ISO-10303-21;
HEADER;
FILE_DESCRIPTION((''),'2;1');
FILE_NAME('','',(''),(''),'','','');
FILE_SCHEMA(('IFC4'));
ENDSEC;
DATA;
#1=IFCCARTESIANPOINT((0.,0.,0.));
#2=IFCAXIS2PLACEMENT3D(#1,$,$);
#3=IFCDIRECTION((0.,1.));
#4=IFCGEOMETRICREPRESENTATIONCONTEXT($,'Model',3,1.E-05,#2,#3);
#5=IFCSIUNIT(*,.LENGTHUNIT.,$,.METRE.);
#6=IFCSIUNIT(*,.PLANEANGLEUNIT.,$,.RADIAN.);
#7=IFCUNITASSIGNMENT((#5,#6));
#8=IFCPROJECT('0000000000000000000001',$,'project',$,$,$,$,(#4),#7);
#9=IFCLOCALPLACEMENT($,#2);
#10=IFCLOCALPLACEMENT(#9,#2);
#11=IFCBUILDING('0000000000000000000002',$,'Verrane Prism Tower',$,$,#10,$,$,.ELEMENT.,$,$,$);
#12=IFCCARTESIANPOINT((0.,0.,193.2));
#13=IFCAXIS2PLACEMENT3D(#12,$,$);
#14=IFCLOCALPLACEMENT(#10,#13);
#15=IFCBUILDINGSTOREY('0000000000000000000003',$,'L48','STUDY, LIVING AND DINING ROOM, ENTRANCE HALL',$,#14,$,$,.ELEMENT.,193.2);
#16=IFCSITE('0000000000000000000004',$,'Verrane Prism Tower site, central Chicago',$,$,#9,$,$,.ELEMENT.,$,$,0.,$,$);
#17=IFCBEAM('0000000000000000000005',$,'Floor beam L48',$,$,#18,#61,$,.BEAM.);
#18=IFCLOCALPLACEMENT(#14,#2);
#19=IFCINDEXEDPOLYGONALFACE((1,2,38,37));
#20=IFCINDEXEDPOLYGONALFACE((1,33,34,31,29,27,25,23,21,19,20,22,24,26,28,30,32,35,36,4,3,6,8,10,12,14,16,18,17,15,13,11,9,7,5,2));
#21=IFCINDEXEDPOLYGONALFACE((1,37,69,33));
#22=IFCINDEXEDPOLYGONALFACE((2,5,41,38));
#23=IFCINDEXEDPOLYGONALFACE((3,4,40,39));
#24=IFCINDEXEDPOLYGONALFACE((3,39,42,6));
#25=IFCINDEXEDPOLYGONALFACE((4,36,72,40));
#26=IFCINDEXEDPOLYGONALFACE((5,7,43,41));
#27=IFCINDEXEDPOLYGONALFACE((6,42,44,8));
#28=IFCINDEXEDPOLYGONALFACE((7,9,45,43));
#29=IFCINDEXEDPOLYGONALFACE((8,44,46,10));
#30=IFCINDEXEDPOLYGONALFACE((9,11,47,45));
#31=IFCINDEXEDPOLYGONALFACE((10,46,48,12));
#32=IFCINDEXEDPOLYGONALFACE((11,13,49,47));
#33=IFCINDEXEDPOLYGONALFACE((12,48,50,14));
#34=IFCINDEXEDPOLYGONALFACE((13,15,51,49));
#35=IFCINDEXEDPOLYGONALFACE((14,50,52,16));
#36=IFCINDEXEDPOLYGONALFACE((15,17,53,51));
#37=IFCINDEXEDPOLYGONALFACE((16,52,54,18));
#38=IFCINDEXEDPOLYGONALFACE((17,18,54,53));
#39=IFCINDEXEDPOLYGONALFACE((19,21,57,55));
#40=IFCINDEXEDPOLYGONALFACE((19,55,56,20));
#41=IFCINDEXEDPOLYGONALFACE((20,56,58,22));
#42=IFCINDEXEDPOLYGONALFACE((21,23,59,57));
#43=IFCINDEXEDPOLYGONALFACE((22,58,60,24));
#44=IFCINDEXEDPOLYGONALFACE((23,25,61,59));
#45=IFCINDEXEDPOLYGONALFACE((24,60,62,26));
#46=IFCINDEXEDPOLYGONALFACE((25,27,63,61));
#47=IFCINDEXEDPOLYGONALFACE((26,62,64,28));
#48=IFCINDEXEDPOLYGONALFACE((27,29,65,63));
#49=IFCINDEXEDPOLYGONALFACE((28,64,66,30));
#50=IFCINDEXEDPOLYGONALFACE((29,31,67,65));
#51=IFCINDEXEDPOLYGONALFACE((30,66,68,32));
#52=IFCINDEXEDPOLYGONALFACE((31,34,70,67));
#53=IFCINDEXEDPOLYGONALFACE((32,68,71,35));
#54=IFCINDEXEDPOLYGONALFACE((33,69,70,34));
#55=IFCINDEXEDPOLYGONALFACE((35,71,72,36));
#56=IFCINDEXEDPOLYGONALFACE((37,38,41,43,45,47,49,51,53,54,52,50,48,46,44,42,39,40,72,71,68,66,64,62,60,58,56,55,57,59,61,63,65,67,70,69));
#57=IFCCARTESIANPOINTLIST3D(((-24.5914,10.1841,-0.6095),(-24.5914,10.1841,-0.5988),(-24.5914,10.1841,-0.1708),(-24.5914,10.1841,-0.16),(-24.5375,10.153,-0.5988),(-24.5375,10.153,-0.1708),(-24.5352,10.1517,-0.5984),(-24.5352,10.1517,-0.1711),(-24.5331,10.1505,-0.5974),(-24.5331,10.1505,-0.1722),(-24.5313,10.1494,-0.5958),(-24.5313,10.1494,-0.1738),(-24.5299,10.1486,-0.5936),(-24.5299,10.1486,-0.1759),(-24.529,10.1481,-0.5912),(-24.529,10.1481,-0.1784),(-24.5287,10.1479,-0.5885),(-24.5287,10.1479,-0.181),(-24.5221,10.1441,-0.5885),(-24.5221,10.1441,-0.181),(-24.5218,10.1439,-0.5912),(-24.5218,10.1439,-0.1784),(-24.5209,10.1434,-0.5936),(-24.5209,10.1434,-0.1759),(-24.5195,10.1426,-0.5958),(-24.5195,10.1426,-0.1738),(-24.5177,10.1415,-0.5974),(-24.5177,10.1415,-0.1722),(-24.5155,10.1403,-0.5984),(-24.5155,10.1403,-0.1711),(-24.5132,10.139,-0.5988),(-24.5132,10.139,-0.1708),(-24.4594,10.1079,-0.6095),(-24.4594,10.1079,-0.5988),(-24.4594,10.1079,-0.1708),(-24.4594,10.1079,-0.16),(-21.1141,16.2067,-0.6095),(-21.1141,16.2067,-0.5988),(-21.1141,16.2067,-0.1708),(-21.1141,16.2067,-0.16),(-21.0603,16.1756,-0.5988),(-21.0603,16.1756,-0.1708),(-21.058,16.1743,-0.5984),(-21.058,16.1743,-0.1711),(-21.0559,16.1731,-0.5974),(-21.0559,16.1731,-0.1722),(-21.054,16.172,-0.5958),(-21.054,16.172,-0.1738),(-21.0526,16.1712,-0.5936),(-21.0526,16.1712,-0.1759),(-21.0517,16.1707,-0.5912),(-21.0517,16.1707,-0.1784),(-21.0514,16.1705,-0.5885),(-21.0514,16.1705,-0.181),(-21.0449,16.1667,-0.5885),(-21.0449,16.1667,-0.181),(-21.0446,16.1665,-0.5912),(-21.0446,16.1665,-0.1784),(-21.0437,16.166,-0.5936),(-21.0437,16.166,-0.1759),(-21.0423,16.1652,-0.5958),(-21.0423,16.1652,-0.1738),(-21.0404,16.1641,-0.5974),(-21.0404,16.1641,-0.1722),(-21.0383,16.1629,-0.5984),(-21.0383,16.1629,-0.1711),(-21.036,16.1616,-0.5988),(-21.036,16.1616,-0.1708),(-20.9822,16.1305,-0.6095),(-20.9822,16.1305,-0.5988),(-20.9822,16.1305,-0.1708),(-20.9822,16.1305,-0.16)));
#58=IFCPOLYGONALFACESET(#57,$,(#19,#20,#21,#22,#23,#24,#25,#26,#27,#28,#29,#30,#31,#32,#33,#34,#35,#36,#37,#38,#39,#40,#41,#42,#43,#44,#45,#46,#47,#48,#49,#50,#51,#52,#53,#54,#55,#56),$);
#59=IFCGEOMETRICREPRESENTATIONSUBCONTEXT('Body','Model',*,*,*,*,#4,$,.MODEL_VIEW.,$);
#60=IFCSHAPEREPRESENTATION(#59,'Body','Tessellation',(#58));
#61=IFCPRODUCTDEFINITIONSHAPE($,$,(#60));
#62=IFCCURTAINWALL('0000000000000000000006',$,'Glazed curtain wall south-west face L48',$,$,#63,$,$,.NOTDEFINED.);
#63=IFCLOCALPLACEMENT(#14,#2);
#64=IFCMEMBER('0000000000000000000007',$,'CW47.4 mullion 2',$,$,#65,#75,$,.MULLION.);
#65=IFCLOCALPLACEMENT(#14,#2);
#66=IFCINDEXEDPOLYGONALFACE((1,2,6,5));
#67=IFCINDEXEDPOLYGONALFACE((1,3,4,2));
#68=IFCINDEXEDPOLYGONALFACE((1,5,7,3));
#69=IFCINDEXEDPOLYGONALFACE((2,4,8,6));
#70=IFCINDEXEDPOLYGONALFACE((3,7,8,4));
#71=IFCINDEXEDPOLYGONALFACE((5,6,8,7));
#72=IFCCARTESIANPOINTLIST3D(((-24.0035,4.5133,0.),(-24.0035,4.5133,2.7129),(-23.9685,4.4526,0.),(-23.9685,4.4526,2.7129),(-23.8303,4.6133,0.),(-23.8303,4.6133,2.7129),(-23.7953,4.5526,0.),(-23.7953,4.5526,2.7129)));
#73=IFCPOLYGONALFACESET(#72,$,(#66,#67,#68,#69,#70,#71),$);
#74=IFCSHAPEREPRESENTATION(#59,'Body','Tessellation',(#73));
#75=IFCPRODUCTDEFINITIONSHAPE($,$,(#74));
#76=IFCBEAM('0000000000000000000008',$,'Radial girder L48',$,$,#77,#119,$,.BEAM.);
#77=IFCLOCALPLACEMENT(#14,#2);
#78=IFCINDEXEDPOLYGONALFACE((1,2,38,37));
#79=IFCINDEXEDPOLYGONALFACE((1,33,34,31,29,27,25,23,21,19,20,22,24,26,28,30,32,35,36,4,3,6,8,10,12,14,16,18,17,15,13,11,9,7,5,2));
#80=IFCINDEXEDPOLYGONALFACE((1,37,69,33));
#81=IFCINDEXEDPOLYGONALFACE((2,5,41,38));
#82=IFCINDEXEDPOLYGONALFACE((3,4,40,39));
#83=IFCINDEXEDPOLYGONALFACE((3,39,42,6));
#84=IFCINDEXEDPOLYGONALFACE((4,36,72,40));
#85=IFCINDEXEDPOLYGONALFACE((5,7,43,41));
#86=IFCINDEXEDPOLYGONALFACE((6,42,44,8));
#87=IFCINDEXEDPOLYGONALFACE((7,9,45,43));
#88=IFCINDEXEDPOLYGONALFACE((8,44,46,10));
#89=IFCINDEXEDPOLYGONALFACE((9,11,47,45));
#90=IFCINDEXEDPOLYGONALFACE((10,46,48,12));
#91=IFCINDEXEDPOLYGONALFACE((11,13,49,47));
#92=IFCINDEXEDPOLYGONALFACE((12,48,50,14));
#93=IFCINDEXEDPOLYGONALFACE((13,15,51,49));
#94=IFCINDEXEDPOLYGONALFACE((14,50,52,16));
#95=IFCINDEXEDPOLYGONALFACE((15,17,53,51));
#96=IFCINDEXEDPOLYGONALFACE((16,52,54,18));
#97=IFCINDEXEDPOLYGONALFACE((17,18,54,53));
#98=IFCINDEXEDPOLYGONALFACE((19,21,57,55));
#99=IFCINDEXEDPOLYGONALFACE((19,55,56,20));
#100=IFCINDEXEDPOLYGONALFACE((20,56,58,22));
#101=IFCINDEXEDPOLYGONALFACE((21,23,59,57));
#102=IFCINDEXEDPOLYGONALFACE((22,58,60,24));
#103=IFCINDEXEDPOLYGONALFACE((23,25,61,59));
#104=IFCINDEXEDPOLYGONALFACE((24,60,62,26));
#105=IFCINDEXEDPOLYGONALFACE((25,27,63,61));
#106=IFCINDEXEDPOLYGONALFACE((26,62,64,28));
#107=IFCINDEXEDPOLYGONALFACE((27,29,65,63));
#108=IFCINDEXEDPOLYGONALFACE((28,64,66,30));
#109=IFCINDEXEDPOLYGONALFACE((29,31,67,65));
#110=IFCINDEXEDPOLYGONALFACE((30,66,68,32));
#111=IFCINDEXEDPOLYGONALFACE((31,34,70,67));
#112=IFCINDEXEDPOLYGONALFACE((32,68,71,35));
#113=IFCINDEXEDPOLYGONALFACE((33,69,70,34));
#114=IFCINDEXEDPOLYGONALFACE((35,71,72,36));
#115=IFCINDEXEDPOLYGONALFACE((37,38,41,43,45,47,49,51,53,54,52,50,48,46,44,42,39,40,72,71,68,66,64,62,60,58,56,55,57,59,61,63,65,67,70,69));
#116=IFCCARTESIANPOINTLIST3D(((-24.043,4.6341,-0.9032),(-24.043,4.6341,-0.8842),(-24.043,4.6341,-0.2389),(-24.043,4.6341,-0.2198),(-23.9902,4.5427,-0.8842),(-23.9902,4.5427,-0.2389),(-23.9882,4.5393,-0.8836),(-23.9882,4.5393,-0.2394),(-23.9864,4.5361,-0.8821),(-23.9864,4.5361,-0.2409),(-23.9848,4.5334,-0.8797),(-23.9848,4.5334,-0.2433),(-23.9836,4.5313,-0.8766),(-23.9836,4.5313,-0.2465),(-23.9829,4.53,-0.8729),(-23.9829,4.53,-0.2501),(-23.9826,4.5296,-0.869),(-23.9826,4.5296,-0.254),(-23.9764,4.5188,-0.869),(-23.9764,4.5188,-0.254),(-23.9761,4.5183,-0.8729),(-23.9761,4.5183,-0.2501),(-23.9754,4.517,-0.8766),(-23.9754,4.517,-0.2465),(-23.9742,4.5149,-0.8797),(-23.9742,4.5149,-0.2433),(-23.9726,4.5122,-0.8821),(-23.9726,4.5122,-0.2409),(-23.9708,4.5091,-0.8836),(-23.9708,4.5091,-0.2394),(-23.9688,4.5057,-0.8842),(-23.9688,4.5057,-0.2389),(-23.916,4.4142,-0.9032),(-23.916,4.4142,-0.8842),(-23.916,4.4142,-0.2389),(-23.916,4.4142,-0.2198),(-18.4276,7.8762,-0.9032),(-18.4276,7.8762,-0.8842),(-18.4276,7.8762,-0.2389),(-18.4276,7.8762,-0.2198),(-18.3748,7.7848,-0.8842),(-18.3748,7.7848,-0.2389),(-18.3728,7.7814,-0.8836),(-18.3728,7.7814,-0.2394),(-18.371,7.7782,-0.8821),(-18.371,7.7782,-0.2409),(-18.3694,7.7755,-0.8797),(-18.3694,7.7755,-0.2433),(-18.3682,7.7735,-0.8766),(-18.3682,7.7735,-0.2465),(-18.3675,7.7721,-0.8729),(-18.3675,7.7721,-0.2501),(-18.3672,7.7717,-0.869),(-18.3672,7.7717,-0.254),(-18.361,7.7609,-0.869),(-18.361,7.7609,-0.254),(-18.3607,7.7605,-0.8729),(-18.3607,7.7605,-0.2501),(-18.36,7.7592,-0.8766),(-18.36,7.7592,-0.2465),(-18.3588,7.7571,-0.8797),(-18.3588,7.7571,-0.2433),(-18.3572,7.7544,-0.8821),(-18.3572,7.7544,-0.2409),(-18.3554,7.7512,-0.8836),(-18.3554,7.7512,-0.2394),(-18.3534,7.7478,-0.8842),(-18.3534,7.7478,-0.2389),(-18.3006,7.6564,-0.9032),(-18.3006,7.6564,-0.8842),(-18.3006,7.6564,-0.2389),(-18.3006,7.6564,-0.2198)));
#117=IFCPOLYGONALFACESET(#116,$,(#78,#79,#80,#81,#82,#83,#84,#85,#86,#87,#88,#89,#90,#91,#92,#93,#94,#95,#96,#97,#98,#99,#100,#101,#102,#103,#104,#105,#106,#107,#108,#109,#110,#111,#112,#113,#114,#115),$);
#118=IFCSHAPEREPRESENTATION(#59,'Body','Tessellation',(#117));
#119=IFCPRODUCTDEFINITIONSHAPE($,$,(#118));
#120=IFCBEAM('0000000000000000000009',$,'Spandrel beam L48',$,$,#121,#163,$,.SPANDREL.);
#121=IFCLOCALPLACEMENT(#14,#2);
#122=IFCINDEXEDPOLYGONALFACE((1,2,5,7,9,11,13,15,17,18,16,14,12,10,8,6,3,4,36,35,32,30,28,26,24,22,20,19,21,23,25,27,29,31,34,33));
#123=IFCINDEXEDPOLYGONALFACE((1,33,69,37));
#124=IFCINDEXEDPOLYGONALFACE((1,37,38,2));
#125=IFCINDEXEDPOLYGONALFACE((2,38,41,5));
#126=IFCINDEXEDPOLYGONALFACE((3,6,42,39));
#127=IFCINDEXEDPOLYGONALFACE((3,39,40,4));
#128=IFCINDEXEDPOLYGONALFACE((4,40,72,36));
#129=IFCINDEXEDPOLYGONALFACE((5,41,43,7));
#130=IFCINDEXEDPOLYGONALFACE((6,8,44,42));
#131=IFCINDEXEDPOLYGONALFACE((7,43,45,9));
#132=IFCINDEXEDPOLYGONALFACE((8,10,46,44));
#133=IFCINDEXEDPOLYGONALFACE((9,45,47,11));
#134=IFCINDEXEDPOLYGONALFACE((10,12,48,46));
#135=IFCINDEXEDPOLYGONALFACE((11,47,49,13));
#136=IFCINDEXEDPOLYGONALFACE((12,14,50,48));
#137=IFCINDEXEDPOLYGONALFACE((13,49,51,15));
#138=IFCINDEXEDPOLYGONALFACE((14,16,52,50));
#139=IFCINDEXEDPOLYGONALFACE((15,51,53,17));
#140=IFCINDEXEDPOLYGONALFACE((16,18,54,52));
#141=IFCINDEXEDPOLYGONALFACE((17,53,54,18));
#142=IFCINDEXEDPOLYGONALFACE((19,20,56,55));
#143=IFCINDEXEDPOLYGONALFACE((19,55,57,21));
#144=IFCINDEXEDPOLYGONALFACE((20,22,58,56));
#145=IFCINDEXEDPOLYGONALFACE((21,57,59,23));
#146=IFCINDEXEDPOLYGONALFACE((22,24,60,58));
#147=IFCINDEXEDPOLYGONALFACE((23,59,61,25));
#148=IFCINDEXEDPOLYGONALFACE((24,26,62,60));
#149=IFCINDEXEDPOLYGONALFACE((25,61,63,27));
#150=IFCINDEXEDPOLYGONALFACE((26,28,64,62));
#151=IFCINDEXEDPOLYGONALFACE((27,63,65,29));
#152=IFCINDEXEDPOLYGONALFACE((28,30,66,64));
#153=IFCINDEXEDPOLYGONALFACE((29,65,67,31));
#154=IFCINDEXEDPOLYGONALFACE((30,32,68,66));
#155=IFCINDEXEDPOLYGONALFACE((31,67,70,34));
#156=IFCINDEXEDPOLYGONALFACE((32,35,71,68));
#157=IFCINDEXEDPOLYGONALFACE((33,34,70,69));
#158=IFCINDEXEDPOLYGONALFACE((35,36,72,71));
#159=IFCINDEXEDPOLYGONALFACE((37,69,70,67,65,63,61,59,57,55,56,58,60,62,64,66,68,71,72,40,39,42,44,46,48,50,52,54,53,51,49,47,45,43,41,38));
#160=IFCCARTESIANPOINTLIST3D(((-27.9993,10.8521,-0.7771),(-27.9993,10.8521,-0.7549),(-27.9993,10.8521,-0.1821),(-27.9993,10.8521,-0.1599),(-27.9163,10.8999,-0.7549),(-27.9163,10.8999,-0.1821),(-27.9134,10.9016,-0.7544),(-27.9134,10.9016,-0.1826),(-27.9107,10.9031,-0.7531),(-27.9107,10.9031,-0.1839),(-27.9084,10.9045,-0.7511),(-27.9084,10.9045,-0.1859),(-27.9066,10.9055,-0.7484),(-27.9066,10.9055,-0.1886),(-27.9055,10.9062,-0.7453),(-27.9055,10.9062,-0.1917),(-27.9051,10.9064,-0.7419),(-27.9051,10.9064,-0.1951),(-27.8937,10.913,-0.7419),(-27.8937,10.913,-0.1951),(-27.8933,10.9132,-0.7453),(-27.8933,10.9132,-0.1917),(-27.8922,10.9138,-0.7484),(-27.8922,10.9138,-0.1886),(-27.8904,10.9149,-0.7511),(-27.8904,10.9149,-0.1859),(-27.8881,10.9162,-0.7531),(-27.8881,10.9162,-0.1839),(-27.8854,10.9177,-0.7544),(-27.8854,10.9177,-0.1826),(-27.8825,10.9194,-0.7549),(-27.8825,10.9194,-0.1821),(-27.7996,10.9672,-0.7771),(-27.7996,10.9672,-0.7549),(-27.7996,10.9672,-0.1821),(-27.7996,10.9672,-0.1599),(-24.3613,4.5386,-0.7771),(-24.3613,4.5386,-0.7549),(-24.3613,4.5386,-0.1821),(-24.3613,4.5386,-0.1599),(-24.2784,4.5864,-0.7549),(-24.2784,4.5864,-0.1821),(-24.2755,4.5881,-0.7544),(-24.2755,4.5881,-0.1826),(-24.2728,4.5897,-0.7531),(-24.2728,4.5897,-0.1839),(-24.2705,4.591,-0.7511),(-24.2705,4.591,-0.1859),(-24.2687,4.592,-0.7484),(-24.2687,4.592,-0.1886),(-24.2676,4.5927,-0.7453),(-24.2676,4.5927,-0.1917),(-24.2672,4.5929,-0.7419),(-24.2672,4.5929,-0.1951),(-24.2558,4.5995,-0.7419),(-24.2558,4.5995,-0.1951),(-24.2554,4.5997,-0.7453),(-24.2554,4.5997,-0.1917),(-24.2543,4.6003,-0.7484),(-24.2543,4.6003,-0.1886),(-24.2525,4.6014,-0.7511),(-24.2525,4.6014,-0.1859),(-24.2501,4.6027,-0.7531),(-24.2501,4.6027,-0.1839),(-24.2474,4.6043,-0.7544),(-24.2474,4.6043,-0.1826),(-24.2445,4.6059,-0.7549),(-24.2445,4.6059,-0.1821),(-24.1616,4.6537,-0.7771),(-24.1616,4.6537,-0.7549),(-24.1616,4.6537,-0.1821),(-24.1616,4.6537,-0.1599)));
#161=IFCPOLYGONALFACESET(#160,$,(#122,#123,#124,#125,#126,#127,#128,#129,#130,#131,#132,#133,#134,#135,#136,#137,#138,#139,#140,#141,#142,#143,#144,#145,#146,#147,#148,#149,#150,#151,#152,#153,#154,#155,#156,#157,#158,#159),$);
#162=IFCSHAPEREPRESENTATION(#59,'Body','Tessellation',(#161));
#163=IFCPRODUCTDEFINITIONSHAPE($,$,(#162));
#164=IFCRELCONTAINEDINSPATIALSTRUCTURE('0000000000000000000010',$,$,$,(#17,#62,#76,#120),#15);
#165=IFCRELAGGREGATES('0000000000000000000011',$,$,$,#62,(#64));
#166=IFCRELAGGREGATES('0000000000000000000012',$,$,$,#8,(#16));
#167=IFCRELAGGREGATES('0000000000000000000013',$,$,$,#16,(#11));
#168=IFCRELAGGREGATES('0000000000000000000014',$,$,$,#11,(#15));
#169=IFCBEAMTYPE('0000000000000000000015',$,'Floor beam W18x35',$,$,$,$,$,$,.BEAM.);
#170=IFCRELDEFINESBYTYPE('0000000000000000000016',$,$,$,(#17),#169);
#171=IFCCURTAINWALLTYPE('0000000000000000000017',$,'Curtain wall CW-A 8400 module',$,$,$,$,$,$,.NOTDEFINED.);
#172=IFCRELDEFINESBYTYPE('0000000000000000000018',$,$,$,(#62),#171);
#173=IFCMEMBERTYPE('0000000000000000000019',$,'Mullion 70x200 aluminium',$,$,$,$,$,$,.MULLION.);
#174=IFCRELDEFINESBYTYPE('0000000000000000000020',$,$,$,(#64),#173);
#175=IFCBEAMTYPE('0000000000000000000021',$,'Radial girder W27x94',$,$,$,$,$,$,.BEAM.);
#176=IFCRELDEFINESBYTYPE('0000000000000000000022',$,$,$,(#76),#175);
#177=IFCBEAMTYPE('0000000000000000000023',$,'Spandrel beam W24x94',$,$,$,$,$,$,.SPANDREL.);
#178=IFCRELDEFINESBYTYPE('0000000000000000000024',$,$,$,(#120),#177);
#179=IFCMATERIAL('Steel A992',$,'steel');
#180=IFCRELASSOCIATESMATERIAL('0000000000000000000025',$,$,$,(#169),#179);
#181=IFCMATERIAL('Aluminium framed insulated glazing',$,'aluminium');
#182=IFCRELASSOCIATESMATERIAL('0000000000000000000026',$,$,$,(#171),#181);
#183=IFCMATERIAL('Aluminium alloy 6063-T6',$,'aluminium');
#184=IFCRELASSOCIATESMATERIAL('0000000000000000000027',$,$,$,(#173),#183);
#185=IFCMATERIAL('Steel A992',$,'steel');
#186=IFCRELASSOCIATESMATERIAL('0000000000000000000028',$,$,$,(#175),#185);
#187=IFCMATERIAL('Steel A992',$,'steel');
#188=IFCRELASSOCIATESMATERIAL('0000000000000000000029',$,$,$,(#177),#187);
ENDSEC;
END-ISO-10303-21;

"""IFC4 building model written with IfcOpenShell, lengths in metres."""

from ifc_helpers import new_model, si_unit, direction, frame, origin, origin_2d, place, context, subcontext, project, spatial, rectangle, i_section, extrude, material, material_profile, profile_set, type_object, element, aggregate, save


model = new_model("IFC4")

# Units and contexts
model_context = context("Model", 3, precision=1e-05, world=origin(), true_north=direction((0.0, 1.0)))
body_context = subcontext(model_context, "Body", "Model", "MODEL_VIEW")
ifc_project = project(units=[si_unit("LENGTHUNIT", "METRE"), si_unit("PLANEANGLEUNIT", "RADIAN")], contexts=[model_context])

# Site, building, storey
site_placement = place(None, origin())
site = spatial("IfcSite", under=ifc_project, at=site_placement, Name="Verrane Prism Tower site, central Chicago", CompositionType="ELEMENT", RefElevation=0.0)
building_placement = place(site_placement, origin())
building = spatial("IfcBuilding", under=site, at=building_placement, Name="Verrane Prism Tower", CompositionType="ELEMENT")
storey_placement = place(building_placement, frame((0.0, 0.0, 193.2)))
storey = spatial("IfcBuildingStorey", under=building, at=storey_placement, Name="L48", Description="STUDY, LIVING AND DINING ROOM, ENTRANCE HALL", CompositionType="ELEMENT", Elevation=193.2)

# Beam
ifc_material_1 = material(Name="Steel A992", Category="steel")
ifc_material_profile_1 = material_profile(ifc_material_1, i_section(OverallWidth=0.1523, OverallDepth=0.4495, WebThickness=0.0076, FlangeThickness=0.0107, FilletRadius=0.0103, at=origin_2d()), Name="W18x35")
ifc_profile_set_1 = profile_set([ifc_material_profile_1], Name="Steel A992")
beam_type_1 = type_object("IfcBeamType", Name="Floor beam W18x35", PredefinedType="BEAM", material=ifc_profile_set_1)
beam_1_placement = place(storey_placement, frame((-24.5254, 10.146, -0.3848), z_axis=(0.500009, 0.86602, 0.0), x_axis=(-0.86602, 0.500009, 0.0)))
element("IfcBeam", 1, at=beam_1_placement, inside=storey, type_object=beam_type_1, Name="Floor beam L48", PredefinedType="BEAM", context=body_context, shape_type="SweptSolid", body=[
    extrude(i_section(OverallWidth=0.1523, OverallDepth=0.4495, WebThickness=0.0076, FlangeThickness=0.0107, FilletRadius=0.0103, at=origin_2d()), origin(), (0.0, 0.0, 1.0), 6.9543),
])

# Curtain wall, member
ifc_material_2 = material(Name="Aluminium framed insulated glazing", Category="aluminium")
curtain_wall_type = type_object("IfcCurtainWallType", Name="Curtain wall CW-A 8400 module", PredefinedType="NOTDEFINED", material=ifc_material_2)
curtain_wall_placement = place(storey_placement, origin())
curtain_wall = element("IfcCurtainWall", 2, at=curtain_wall_placement, inside=storey, type_object=curtain_wall_type, Name="Glazed curtain wall south-west face L48", PredefinedType="NOTDEFINED")
ifc_material_3 = material(Name="Aluminium alloy 6063-T6", Category="aluminium")
ifc_material_profile_2 = material_profile(ifc_material_3, rectangle(XDim=0.2, YDim=0.0701, at=origin_2d()), Name="Mullion 70x200 aluminium")
ifc_profile_set_2 = profile_set([ifc_material_profile_2], Name="Aluminium alloy 6063-T6")
member_type_1 = type_object("IfcMemberType", Name="Mullion 70x200 aluminium", PredefinedType="MULLION", material=ifc_profile_set_2)
member_1_placement = place(storey_placement, frame((-23.8994, 4.533, 0.0), z_axis=(0.0, 0.0, 1.0), x_axis=(0.866026, 0.5, 0.0)))
member_1 = element("IfcMember", 3, at=member_1_placement, type_object=member_type_1, Name="CW47.4 mullion 2", PredefinedType="MULLION", context=body_context, shape_type="SweptSolid", body=[
    extrude(rectangle(XDim=0.2, YDim=0.0701, at=origin_2d()), origin(), (0.0, 0.0, 1.0), 2.7129),
])

# Beams
ifc_material_4 = material(Name="Steel A992", Category="steel")
ifc_material_profile_3 = material_profile(ifc_material_4, i_section(OverallWidth=0.2539, OverallDepth=0.6833, WebThickness=0.0125, FlangeThickness=0.019, FilletRadius=0.0151, at=origin_2d()), Name="W27x94")
ifc_profile_set_3 = profile_set([ifc_material_profile_3], Name="Steel A992")
beam_type_2 = type_object("IfcBeamType", Name="Radial girder W27x94", PredefinedType="BEAM", material=ifc_profile_set_3)
beam_2_placement = place(storey_placement, frame((-23.9795, 4.5242, -0.5615), z_axis=(0.866019, 0.50001, 0.0), x_axis=(-0.50001, 0.866019, 0.0)))
element("IfcBeam", 4, at=beam_2_placement, inside=storey, type_object=beam_type_2, Name="Radial girder L48", PredefinedType="BEAM", context=body_context, shape_type="SweptSolid", body=[
    extrude(i_section(OverallWidth=0.2539, OverallDepth=0.6833, WebThickness=0.0125, FlangeThickness=0.019, FilletRadius=0.0151, at=origin_2d()), origin(), (0.0, 0.0, 1.0), 6.4841),
])
ifc_material_5 = material(Name="Steel A992", Category="steel")
ifc_material_profile_4 = material_profile(ifc_material_5, i_section(OverallWidth=0.2305, OverallDepth=0.6172, WebThickness=0.0132, FlangeThickness=0.0222, FilletRadius=0.0129, at=origin_2d()), Name="W24x94")
ifc_profile_set_4 = profile_set([ifc_material_profile_4], Name="Steel A992")
beam_type_3 = type_object("IfcBeamType", Name="Spandrel beam W24x94", PredefinedType="SPANDREL", material=ifc_profile_set_4)
beam_3_placement = place(storey_placement, frame((-27.8994, 10.9097, -0.4685), z_axis=(0.499264, -0.86645, 0.0), x_axis=(0.86645, 0.499264, 0.0)))
element("IfcBeam", 5, at=beam_3_placement, inside=storey, type_object=beam_type_3, Name="Spandrel beam L48", PredefinedType="SPANDREL", context=body_context, shape_type="SweptSolid", body=[
    extrude(i_section(OverallWidth=0.2305, OverallDepth=0.6172, WebThickness=0.0132, FlangeThickness=0.0222, FilletRadius=0.0129, at=origin_2d()), origin(), (0.0, 0.0, 1.0), 7.2866),
])

aggregate(curtain_wall, [member_1])

save(model, "model.ifc")
